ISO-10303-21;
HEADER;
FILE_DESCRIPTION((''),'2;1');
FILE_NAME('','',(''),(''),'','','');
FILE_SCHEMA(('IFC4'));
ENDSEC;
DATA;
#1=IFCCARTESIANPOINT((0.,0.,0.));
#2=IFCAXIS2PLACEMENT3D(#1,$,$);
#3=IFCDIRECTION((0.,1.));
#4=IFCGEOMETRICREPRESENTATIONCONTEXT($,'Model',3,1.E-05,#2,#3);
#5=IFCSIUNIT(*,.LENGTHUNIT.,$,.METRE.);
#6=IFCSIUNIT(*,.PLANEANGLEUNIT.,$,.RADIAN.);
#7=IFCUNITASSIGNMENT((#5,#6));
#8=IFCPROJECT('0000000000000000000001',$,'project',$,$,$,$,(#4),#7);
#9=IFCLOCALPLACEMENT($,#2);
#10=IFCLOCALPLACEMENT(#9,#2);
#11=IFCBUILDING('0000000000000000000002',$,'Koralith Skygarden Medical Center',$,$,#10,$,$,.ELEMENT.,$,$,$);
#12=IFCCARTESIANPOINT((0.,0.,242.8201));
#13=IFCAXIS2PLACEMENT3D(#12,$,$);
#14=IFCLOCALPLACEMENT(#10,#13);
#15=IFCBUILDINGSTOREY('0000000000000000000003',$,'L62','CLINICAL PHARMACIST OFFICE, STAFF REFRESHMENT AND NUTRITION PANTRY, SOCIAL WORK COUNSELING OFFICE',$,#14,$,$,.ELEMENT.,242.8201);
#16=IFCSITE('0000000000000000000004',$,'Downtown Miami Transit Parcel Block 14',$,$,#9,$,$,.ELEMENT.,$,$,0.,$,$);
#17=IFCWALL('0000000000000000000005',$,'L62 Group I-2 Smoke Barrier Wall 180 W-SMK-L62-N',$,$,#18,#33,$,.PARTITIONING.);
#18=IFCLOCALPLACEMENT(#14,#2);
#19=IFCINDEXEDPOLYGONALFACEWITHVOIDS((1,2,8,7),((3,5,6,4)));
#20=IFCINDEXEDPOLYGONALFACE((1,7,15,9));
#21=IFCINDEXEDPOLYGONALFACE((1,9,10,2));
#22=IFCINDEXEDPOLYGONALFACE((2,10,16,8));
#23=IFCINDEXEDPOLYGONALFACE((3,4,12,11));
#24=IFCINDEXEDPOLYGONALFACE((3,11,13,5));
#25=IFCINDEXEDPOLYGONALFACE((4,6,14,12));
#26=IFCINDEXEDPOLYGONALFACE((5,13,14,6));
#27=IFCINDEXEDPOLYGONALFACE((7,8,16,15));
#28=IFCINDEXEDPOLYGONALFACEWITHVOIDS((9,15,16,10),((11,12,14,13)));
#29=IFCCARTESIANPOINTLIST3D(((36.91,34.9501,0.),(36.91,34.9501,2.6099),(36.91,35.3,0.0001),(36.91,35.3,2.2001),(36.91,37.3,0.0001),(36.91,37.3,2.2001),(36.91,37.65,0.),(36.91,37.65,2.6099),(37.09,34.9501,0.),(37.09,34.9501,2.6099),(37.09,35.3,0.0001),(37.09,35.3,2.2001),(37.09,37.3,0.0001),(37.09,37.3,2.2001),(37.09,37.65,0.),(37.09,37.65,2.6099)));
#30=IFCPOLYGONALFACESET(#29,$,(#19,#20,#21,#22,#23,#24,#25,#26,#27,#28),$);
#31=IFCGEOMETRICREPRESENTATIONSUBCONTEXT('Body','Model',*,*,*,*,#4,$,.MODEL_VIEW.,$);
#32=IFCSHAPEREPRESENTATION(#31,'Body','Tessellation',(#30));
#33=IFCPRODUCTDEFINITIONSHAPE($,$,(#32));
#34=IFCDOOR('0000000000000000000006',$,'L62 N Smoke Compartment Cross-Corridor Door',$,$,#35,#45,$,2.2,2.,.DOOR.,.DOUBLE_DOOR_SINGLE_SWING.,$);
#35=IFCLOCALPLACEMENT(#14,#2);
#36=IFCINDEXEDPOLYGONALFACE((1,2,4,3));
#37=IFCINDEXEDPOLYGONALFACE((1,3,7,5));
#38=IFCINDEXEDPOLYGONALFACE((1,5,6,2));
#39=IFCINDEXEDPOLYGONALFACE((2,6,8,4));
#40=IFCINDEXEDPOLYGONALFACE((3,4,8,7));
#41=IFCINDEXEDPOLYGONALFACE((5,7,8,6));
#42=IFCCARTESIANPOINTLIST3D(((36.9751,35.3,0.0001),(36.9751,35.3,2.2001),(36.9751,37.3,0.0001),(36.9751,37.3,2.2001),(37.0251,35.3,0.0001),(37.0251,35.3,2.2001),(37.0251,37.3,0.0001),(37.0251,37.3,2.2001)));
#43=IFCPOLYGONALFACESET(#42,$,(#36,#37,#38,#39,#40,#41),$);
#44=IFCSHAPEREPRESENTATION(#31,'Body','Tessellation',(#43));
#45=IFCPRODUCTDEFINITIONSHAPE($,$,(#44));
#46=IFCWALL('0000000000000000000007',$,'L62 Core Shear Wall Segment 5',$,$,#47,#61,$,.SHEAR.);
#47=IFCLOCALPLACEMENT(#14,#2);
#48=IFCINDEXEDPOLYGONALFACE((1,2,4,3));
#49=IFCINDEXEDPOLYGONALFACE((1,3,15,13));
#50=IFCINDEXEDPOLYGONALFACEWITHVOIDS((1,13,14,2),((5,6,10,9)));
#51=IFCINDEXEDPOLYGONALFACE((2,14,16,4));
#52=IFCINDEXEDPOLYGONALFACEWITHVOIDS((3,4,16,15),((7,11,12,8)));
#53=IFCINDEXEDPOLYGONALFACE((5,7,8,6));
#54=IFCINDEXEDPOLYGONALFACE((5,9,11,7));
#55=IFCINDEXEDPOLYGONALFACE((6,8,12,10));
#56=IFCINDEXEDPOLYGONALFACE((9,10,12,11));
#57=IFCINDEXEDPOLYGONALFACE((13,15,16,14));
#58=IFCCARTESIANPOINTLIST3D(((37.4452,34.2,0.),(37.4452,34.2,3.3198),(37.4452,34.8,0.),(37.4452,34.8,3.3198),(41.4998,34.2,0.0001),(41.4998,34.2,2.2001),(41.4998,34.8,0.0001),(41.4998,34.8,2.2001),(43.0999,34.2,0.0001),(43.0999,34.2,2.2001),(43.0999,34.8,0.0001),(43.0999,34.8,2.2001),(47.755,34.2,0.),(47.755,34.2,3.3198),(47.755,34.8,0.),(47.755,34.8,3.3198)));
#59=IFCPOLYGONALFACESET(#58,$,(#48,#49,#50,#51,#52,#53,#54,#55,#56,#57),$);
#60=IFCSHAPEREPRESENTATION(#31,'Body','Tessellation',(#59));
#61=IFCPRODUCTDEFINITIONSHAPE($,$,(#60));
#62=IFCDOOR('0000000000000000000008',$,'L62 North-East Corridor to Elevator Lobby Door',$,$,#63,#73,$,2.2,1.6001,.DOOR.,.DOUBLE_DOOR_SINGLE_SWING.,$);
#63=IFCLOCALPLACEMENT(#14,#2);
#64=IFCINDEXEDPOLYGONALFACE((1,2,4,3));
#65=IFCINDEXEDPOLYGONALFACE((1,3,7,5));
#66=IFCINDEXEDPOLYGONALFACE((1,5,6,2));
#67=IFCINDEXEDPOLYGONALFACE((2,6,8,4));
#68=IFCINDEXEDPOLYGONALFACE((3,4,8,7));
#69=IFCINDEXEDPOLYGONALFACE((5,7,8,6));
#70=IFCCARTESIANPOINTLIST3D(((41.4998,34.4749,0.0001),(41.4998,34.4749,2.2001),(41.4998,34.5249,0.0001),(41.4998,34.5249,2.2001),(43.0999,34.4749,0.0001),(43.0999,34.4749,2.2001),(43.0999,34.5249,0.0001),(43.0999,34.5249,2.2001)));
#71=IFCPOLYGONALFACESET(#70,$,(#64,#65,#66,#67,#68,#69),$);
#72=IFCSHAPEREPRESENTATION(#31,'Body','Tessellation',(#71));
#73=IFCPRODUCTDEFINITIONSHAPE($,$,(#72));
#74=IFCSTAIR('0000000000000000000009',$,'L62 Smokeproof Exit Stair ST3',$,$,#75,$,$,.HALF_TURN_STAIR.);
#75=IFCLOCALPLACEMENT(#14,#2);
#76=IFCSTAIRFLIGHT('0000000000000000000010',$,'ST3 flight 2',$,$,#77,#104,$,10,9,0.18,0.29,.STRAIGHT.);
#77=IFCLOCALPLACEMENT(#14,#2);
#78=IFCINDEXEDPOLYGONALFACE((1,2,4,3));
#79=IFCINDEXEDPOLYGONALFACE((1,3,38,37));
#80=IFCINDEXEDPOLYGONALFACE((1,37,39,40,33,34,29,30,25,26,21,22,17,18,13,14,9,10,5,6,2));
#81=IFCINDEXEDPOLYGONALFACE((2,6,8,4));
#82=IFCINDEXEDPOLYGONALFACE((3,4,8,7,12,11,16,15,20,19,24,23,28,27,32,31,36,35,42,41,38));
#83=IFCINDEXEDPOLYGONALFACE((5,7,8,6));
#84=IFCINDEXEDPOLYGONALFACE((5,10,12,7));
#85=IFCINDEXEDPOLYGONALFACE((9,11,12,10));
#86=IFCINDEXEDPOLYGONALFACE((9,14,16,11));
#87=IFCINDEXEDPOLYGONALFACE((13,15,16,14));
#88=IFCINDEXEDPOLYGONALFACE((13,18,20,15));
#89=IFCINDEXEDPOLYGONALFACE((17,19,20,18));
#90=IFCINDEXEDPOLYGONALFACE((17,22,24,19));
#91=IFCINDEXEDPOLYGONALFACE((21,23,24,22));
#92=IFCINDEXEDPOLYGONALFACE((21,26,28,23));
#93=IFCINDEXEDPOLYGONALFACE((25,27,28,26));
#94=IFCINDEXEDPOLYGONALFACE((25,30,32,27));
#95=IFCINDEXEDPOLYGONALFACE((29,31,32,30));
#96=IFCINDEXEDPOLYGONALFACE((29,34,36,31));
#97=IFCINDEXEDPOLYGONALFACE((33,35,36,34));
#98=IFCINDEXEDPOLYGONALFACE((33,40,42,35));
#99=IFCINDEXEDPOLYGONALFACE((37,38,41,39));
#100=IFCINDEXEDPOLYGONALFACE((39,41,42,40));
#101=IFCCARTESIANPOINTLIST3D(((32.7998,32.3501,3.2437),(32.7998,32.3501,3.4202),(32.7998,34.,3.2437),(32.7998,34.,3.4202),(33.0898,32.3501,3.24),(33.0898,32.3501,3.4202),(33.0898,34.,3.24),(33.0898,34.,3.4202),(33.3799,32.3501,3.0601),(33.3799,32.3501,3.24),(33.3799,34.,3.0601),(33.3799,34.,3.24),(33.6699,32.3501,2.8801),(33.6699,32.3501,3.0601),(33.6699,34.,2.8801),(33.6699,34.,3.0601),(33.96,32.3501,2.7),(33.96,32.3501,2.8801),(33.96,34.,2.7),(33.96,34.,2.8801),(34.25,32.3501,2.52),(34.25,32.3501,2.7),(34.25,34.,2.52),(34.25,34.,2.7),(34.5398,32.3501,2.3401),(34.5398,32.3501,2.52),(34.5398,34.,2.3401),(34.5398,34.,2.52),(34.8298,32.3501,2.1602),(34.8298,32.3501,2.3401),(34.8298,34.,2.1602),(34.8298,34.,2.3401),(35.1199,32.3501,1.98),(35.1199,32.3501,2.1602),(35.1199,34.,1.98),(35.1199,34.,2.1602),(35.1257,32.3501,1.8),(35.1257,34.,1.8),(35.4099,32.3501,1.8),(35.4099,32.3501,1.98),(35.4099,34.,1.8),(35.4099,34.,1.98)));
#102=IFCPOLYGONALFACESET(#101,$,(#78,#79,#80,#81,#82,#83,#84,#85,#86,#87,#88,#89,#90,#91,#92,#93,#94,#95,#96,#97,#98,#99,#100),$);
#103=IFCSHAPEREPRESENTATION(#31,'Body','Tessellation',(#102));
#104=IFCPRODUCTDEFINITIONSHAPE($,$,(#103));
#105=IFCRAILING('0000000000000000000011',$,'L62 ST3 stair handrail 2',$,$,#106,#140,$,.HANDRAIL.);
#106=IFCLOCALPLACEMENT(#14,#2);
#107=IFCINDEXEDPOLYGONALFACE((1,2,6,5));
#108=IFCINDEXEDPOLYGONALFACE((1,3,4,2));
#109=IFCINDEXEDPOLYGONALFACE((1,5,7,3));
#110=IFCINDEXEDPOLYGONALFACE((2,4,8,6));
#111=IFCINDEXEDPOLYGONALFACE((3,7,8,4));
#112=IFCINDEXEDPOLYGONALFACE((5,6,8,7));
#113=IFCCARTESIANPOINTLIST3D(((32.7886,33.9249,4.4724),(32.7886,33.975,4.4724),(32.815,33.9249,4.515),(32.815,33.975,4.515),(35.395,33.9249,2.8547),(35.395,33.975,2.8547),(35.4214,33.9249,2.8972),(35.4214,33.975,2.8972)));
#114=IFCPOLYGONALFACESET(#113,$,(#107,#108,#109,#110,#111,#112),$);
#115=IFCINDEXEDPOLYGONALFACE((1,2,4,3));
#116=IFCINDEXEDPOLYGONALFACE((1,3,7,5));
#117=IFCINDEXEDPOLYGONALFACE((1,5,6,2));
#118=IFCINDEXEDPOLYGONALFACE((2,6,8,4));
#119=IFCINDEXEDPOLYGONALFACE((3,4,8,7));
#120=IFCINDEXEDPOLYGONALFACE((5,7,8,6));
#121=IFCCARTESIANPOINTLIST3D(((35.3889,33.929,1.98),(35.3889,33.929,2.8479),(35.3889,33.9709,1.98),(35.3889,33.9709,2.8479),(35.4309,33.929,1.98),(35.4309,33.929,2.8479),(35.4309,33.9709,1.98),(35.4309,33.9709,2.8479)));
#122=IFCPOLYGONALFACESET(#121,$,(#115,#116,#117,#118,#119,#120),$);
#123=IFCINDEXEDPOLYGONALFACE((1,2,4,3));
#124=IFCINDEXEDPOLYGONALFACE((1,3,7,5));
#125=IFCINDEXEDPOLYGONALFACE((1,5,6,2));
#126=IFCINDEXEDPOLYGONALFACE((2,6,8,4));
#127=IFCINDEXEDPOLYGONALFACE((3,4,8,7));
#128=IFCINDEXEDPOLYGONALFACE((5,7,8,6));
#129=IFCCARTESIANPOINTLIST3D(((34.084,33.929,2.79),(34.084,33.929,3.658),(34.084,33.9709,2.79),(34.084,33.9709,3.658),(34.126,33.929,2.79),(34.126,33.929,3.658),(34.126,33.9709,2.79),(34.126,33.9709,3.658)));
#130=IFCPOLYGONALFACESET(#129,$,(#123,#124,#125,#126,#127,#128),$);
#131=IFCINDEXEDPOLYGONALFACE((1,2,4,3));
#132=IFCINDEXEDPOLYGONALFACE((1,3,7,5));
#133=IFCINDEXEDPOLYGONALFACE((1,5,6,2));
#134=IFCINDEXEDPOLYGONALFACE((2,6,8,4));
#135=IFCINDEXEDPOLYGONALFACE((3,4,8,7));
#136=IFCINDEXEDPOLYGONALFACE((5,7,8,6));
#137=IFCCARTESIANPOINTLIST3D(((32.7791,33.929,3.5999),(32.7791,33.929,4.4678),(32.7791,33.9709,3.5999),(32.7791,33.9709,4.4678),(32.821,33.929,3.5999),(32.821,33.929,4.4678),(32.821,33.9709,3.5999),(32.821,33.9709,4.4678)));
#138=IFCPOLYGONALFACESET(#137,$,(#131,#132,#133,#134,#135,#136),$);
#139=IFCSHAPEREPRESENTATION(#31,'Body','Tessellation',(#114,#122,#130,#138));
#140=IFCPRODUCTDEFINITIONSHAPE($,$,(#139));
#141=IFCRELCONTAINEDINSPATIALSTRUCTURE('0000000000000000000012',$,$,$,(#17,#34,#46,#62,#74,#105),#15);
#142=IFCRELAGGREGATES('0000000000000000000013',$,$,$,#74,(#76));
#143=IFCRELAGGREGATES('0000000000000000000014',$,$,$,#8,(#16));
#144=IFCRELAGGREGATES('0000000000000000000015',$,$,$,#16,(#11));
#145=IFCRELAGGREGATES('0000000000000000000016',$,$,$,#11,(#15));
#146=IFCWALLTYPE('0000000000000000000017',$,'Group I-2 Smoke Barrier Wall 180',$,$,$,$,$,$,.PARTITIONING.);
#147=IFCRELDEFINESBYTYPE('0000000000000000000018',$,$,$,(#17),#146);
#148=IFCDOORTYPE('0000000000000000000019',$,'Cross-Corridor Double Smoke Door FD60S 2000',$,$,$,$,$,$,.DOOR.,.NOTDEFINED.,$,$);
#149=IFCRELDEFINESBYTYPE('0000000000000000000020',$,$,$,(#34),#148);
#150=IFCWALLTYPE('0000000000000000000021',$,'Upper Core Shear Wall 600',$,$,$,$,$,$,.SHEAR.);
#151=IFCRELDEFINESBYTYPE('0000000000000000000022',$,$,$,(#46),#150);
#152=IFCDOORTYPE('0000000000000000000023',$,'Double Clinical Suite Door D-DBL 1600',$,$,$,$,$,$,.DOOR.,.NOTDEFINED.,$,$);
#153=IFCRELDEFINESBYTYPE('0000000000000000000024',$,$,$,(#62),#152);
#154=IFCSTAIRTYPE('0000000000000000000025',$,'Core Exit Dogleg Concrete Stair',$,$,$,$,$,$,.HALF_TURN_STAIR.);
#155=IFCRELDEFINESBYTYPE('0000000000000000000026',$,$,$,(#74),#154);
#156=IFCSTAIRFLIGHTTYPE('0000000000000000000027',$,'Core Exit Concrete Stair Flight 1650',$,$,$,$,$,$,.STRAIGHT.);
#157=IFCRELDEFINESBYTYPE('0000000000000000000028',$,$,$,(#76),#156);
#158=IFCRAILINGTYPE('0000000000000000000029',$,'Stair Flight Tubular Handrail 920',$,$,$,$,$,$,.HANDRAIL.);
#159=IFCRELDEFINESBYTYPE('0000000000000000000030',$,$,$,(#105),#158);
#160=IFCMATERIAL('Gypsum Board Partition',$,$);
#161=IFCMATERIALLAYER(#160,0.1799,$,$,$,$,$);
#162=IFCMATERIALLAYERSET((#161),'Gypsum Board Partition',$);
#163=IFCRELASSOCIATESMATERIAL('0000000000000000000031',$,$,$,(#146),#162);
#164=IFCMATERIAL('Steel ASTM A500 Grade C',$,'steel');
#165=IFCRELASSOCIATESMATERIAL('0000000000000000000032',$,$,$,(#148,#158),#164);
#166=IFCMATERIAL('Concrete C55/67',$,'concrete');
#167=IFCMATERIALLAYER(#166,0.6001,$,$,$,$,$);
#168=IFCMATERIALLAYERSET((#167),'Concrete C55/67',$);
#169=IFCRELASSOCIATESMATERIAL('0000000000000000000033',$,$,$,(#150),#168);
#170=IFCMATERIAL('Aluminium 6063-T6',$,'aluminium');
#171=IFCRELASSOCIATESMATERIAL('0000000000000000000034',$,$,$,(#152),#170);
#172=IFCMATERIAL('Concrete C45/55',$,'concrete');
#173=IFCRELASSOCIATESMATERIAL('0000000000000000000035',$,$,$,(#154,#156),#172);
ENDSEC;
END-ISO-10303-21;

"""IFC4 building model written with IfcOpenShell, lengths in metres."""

from ifc_helpers import new_model, si_unit, direction, frame, frame_2d, origin, origin_2d, place, context, subcontext, project, spatial, polyline, rectangle, outline, extrude, material, layer, layer_set, type_object, element, fill, aggregate, save


model = new_model("IFC4")

# Units and contexts
model_context = context("Model", 3, precision=1e-05, world=origin(), true_north=direction((0.0, 1.0)))
body_context = subcontext(model_context, "Body", "Model", "MODEL_VIEW")
ifc_project = project(units=[si_unit("LENGTHUNIT", "METRE"), si_unit("PLANEANGLEUNIT", "RADIAN")], contexts=[model_context])

# Site, building, storey
site_placement = place(None, origin())
site = spatial("IfcSite", under=ifc_project, at=site_placement, Name="Downtown Miami Transit Parcel Block 14", CompositionType="ELEMENT", RefElevation=0.0)
building_placement = place(site_placement, origin())
building = spatial("IfcBuilding", under=site, at=building_placement, Name="Koralith Skygarden Medical Center", CompositionType="ELEMENT")
storey_placement = place(building_placement, frame((0.0, 0.0, 242.8201)))
storey = spatial("IfcBuildingStorey", under=building, at=storey_placement, Name="L62", Description="CLINICAL PHARMACIST OFFICE, STAFF REFRESHMENT AND NUTRITION PANTRY, SOCIAL WORK COUNSELING OFFICE", CompositionType="ELEMENT", Elevation=242.8201)

# Shared definitions
ifc_material_1 = material(Name="Concrete C55/67", Category="concrete")

# Shared definitions
ifc_material_2 = material(Name="Aluminium 6063-T6", Category="aluminium")

# Shared definitions
ifc_material_3 = material(Name="Concrete C45/55", Category="concrete")

# Shared definitions
ifc_material_4 = material(Name="Gypsum Board Partition")

# Walls, openings, doors
ifc_layer_1 = layer(ifc_material_4, 0.1799)
ifc_layer_set_1 = layer_set([ifc_layer_1], Name="Gypsum Board Partition")
wall_type_1 = type_object("IfcWallType", Name="Group I-2 Smoke Barrier Wall 180", PredefinedType="PARTITIONING", material=ifc_layer_set_1)
wall_1_placement = place(storey_placement, frame((37.0, 34.95, 0.0), z_axis=(0.0, 0.0, 1.0), x_axis=(0.0, 1.0, 0.0)))
wall_1 = element("IfcWall", 1, at=wall_1_placement, inside=storey, type_object=wall_type_1, Name="L62 Group I-2 Smoke Barrier Wall 180 W-SMK-L62-N", PredefinedType="PARTITIONING", context=body_context, shape_type="SweptSolid", body=[
    extrude(rectangle(XDim=2.7, YDim=0.1799, at=frame_2d((1.3501, 0.0))), origin(), (0.0, 0.0, 1.0), 2.6099),
])
opening_1_placement = place(wall_1_placement, frame((0.3501, 0.0, 0.0)))
opening_1 = element("IfcOpeningElement", 2, at=opening_1_placement, cuts=wall_1, PredefinedType="OPENING", context=body_context, shape_type="SweptSolid", body=[
    extrude(rectangle(XDim=2.0, YDim=2.2, at=frame_2d((1.0, 1.1001))), frame((0.0, 0.0999, 0.0), z_axis=(0.0, -1.0, 0.0), x_axis=(1.0, 0.0, 0.0)), (0.0, 0.0, 1.0), 0.2),
])
ifc_material_5 = material(Name="Steel ASTM A500 Grade C", Category="steel")
door_type_1 = type_object("IfcDoorType", Name="Cross-Corridor Double Smoke Door FD60S 2000", OperationType="NOTDEFINED", PredefinedType="DOOR", material=ifc_material_5)
door_1_placement = place(opening_1_placement, origin())
door_1 = element("IfcDoor", 3, at=door_1_placement, inside=storey, type_object=door_type_1, Name="L62 N Smoke Compartment Cross-Corridor Door", OperationType="DOUBLE_DOOR_SINGLE_SWING", OverallHeight=2.2, OverallWidth=2.0, PredefinedType="DOOR", context=body_context, shape_type="SweptSolid", body=[
    extrude(rectangle(XDim=2.0, YDim=2.2, at=frame_2d((1.0, 1.1001))), frame((0.0, 0.0249, 0.0), z_axis=(0.0, -1.0, 0.0), x_axis=(1.0, 0.0, 0.0)), (0.0, 0.0, 1.0), 0.05),
])
fill(opening_1, door_1)
ifc_layer_2 = layer(ifc_material_1, 0.6001)
ifc_layer_set_2 = layer_set([ifc_layer_2], Name="Concrete C55/67")
wall_type_2 = type_object("IfcWallType", Name="Upper Core Shear Wall 600", PredefinedType="SHEAR", material=ifc_layer_set_2)
wall_2_placement = place(storey_placement, frame((47.7549, 34.5, 0.0), z_axis=(0.0, 0.0, 1.0), x_axis=(-1.0, 0.0, 0.0)))
wall_2 = element("IfcWall", 4, at=wall_2_placement, inside=storey, type_object=wall_type_2, Name="L62 Core Shear Wall Segment 5", PredefinedType="SHEAR", context=body_context, shape_type="SweptSolid", body=[
    extrude(rectangle(XDim=10.3098, YDim=0.6001, at=frame_2d((5.1548, 0.0))), origin(), (0.0, 0.0, 1.0), 3.3198),
])
opening_2_placement = place(wall_2_placement, frame((4.655, 0.0, 0.0)))
opening_2 = element("IfcOpeningElement", 5, at=opening_2_placement, cuts=wall_2, PredefinedType="OPENING", context=body_context, shape_type="SweptSolid", body=[
    extrude(rectangle(XDim=1.6001, YDim=2.2, at=frame_2d((0.8, 1.1001))), frame((0.0, 0.3101, 0.0), z_axis=(0.0, -1.0, 0.0), x_axis=(1.0, 0.0, 0.0)), (0.0, 0.0, 1.0), 0.6201),
])
door_type_2 = type_object("IfcDoorType", Name="Double Clinical Suite Door D-DBL 1600", OperationType="NOTDEFINED", PredefinedType="DOOR", material=ifc_material_2)
door_2_placement = place(opening_2_placement, frame((1.6001, 0.0, 0.0), z_axis=(0.0, 0.0, 1.0), x_axis=(-1.0, 0.0, 0.0)))
door_2 = element("IfcDoor", 6, at=door_2_placement, inside=storey, type_object=door_type_2, Name="L62 North-East Corridor to Elevator Lobby Door", OperationType="DOUBLE_DOOR_SINGLE_SWING", OverallHeight=2.2, OverallWidth=1.6001, PredefinedType="DOOR", context=body_context, shape_type="SweptSolid", body=[
    extrude(rectangle(XDim=1.6001, YDim=2.2, at=frame_2d((0.8, 1.1001))), frame((0.0, 0.0249, 0.0), z_axis=(0.0, -1.0, 0.0), x_axis=(1.0, 0.0, 0.0)), (0.0, 0.0, 1.0), 0.05),
])
fill(opening_2, door_2)

# Stair, stair flight
stair_type = type_object("IfcStairType", Name="Core Exit Dogleg Concrete Stair", PredefinedType="HALF_TURN_STAIR", material=ifc_material_3)
stair_placement = place(storey_placement, origin())
stair = element("IfcStair", 7, at=stair_placement, inside=storey, type_object=stair_type, Name="L62 Smokeproof Exit Stair ST3", PredefinedType="HALF_TURN_STAIR")
stair_flight_type = type_object("IfcStairFlightType", Name="Core Exit Concrete Stair Flight 1650", PredefinedType="STRAIGHT", material=ifc_material_3)
stair_flight_placement = place(storey_placement, frame((35.4099, 33.175, 1.8), z_axis=(0.0, 0.0, 1.0), x_axis=(-1.0, 0.0, 0.0)))
stair_flight = element("IfcStairFlight", 8, at=stair_flight_placement, type_object=stair_flight_type, Name="ST3 flight 2", NumberOfRisers=10, NumberOfTreads=9, PredefinedType="STRAIGHT", RiserHeight=0.18, TreadLength=0.29, context=body_context, shape_type="SweptSolid", body=[
    extrude(outline(polyline([(0.0, 0.0), (0.0, 0.1799), (0.29, 0.1799), (0.29, 0.3601), (0.5801, 0.3601), (0.5801, 0.54), (0.8701, 0.54), (0.8701, 0.72), (1.1599, 0.72), (1.1599, 0.8999), (1.45, 0.8999), (1.45, 1.0801), (1.74, 1.0801), (1.74, 1.26), (2.03, 1.26), (2.03, 1.4399), (2.3201, 1.4399), (2.3201, 1.6201), (2.6101, 1.6201), (2.6101, 1.8), (2.6101, 1.4436), (0.2842, 0.0), (0.0, 0.0)])), frame((0.0, 0.825, 0.0), z_axis=(0.0, -1.0, 0.0), x_axis=(1.0, 0.0, 0.0)), (0.0, 0.0, 1.0), 1.6499),
])
aggregate(stair, [stair_flight])

# Railing
railing_type = type_object("IfcRailingType", Name="Stair Flight Tubular Handrail 920", PredefinedType="HANDRAIL", material=ifc_material_5)
railing_placement = place(storey_placement, frame((35.4099, 33.95, 1.98)))
element("IfcRailing", 9, at=railing_placement, inside=storey, type_object=railing_type, Name="L62 ST3 stair handrail 2", PredefinedType="HANDRAIL", context=body_context, shape_type="SweptSolid", body=[
    extrude(rectangle(XDim=0.05, YDim=0.05, at=origin_2d()), frame((-0.0017, 0.0, 0.896), z_axis=(-0.849646, 0.0, 0.527353), x_axis=(0.0, -1.0, 0.0)), (0.0, 0.0, 1.0), 3.0676),
    extrude(rectangle(XDim=0.042, YDim=0.042, at=origin_2d()), origin(), (0.0, 0.0, 1.0), 0.8679),
    extrude(rectangle(XDim=0.042, YDim=0.042, at=origin_2d()), frame((-1.3049, 0.0, 0.8101)), (0.0, 0.0, 1.0), 0.8679),
    extrude(rectangle(XDim=0.042, YDim=0.042, at=origin_2d()), frame((-2.6099, 0.0, 1.6199)), (0.0, 0.0, 1.0), 0.8679),
])

save(model, "model.ifc")
